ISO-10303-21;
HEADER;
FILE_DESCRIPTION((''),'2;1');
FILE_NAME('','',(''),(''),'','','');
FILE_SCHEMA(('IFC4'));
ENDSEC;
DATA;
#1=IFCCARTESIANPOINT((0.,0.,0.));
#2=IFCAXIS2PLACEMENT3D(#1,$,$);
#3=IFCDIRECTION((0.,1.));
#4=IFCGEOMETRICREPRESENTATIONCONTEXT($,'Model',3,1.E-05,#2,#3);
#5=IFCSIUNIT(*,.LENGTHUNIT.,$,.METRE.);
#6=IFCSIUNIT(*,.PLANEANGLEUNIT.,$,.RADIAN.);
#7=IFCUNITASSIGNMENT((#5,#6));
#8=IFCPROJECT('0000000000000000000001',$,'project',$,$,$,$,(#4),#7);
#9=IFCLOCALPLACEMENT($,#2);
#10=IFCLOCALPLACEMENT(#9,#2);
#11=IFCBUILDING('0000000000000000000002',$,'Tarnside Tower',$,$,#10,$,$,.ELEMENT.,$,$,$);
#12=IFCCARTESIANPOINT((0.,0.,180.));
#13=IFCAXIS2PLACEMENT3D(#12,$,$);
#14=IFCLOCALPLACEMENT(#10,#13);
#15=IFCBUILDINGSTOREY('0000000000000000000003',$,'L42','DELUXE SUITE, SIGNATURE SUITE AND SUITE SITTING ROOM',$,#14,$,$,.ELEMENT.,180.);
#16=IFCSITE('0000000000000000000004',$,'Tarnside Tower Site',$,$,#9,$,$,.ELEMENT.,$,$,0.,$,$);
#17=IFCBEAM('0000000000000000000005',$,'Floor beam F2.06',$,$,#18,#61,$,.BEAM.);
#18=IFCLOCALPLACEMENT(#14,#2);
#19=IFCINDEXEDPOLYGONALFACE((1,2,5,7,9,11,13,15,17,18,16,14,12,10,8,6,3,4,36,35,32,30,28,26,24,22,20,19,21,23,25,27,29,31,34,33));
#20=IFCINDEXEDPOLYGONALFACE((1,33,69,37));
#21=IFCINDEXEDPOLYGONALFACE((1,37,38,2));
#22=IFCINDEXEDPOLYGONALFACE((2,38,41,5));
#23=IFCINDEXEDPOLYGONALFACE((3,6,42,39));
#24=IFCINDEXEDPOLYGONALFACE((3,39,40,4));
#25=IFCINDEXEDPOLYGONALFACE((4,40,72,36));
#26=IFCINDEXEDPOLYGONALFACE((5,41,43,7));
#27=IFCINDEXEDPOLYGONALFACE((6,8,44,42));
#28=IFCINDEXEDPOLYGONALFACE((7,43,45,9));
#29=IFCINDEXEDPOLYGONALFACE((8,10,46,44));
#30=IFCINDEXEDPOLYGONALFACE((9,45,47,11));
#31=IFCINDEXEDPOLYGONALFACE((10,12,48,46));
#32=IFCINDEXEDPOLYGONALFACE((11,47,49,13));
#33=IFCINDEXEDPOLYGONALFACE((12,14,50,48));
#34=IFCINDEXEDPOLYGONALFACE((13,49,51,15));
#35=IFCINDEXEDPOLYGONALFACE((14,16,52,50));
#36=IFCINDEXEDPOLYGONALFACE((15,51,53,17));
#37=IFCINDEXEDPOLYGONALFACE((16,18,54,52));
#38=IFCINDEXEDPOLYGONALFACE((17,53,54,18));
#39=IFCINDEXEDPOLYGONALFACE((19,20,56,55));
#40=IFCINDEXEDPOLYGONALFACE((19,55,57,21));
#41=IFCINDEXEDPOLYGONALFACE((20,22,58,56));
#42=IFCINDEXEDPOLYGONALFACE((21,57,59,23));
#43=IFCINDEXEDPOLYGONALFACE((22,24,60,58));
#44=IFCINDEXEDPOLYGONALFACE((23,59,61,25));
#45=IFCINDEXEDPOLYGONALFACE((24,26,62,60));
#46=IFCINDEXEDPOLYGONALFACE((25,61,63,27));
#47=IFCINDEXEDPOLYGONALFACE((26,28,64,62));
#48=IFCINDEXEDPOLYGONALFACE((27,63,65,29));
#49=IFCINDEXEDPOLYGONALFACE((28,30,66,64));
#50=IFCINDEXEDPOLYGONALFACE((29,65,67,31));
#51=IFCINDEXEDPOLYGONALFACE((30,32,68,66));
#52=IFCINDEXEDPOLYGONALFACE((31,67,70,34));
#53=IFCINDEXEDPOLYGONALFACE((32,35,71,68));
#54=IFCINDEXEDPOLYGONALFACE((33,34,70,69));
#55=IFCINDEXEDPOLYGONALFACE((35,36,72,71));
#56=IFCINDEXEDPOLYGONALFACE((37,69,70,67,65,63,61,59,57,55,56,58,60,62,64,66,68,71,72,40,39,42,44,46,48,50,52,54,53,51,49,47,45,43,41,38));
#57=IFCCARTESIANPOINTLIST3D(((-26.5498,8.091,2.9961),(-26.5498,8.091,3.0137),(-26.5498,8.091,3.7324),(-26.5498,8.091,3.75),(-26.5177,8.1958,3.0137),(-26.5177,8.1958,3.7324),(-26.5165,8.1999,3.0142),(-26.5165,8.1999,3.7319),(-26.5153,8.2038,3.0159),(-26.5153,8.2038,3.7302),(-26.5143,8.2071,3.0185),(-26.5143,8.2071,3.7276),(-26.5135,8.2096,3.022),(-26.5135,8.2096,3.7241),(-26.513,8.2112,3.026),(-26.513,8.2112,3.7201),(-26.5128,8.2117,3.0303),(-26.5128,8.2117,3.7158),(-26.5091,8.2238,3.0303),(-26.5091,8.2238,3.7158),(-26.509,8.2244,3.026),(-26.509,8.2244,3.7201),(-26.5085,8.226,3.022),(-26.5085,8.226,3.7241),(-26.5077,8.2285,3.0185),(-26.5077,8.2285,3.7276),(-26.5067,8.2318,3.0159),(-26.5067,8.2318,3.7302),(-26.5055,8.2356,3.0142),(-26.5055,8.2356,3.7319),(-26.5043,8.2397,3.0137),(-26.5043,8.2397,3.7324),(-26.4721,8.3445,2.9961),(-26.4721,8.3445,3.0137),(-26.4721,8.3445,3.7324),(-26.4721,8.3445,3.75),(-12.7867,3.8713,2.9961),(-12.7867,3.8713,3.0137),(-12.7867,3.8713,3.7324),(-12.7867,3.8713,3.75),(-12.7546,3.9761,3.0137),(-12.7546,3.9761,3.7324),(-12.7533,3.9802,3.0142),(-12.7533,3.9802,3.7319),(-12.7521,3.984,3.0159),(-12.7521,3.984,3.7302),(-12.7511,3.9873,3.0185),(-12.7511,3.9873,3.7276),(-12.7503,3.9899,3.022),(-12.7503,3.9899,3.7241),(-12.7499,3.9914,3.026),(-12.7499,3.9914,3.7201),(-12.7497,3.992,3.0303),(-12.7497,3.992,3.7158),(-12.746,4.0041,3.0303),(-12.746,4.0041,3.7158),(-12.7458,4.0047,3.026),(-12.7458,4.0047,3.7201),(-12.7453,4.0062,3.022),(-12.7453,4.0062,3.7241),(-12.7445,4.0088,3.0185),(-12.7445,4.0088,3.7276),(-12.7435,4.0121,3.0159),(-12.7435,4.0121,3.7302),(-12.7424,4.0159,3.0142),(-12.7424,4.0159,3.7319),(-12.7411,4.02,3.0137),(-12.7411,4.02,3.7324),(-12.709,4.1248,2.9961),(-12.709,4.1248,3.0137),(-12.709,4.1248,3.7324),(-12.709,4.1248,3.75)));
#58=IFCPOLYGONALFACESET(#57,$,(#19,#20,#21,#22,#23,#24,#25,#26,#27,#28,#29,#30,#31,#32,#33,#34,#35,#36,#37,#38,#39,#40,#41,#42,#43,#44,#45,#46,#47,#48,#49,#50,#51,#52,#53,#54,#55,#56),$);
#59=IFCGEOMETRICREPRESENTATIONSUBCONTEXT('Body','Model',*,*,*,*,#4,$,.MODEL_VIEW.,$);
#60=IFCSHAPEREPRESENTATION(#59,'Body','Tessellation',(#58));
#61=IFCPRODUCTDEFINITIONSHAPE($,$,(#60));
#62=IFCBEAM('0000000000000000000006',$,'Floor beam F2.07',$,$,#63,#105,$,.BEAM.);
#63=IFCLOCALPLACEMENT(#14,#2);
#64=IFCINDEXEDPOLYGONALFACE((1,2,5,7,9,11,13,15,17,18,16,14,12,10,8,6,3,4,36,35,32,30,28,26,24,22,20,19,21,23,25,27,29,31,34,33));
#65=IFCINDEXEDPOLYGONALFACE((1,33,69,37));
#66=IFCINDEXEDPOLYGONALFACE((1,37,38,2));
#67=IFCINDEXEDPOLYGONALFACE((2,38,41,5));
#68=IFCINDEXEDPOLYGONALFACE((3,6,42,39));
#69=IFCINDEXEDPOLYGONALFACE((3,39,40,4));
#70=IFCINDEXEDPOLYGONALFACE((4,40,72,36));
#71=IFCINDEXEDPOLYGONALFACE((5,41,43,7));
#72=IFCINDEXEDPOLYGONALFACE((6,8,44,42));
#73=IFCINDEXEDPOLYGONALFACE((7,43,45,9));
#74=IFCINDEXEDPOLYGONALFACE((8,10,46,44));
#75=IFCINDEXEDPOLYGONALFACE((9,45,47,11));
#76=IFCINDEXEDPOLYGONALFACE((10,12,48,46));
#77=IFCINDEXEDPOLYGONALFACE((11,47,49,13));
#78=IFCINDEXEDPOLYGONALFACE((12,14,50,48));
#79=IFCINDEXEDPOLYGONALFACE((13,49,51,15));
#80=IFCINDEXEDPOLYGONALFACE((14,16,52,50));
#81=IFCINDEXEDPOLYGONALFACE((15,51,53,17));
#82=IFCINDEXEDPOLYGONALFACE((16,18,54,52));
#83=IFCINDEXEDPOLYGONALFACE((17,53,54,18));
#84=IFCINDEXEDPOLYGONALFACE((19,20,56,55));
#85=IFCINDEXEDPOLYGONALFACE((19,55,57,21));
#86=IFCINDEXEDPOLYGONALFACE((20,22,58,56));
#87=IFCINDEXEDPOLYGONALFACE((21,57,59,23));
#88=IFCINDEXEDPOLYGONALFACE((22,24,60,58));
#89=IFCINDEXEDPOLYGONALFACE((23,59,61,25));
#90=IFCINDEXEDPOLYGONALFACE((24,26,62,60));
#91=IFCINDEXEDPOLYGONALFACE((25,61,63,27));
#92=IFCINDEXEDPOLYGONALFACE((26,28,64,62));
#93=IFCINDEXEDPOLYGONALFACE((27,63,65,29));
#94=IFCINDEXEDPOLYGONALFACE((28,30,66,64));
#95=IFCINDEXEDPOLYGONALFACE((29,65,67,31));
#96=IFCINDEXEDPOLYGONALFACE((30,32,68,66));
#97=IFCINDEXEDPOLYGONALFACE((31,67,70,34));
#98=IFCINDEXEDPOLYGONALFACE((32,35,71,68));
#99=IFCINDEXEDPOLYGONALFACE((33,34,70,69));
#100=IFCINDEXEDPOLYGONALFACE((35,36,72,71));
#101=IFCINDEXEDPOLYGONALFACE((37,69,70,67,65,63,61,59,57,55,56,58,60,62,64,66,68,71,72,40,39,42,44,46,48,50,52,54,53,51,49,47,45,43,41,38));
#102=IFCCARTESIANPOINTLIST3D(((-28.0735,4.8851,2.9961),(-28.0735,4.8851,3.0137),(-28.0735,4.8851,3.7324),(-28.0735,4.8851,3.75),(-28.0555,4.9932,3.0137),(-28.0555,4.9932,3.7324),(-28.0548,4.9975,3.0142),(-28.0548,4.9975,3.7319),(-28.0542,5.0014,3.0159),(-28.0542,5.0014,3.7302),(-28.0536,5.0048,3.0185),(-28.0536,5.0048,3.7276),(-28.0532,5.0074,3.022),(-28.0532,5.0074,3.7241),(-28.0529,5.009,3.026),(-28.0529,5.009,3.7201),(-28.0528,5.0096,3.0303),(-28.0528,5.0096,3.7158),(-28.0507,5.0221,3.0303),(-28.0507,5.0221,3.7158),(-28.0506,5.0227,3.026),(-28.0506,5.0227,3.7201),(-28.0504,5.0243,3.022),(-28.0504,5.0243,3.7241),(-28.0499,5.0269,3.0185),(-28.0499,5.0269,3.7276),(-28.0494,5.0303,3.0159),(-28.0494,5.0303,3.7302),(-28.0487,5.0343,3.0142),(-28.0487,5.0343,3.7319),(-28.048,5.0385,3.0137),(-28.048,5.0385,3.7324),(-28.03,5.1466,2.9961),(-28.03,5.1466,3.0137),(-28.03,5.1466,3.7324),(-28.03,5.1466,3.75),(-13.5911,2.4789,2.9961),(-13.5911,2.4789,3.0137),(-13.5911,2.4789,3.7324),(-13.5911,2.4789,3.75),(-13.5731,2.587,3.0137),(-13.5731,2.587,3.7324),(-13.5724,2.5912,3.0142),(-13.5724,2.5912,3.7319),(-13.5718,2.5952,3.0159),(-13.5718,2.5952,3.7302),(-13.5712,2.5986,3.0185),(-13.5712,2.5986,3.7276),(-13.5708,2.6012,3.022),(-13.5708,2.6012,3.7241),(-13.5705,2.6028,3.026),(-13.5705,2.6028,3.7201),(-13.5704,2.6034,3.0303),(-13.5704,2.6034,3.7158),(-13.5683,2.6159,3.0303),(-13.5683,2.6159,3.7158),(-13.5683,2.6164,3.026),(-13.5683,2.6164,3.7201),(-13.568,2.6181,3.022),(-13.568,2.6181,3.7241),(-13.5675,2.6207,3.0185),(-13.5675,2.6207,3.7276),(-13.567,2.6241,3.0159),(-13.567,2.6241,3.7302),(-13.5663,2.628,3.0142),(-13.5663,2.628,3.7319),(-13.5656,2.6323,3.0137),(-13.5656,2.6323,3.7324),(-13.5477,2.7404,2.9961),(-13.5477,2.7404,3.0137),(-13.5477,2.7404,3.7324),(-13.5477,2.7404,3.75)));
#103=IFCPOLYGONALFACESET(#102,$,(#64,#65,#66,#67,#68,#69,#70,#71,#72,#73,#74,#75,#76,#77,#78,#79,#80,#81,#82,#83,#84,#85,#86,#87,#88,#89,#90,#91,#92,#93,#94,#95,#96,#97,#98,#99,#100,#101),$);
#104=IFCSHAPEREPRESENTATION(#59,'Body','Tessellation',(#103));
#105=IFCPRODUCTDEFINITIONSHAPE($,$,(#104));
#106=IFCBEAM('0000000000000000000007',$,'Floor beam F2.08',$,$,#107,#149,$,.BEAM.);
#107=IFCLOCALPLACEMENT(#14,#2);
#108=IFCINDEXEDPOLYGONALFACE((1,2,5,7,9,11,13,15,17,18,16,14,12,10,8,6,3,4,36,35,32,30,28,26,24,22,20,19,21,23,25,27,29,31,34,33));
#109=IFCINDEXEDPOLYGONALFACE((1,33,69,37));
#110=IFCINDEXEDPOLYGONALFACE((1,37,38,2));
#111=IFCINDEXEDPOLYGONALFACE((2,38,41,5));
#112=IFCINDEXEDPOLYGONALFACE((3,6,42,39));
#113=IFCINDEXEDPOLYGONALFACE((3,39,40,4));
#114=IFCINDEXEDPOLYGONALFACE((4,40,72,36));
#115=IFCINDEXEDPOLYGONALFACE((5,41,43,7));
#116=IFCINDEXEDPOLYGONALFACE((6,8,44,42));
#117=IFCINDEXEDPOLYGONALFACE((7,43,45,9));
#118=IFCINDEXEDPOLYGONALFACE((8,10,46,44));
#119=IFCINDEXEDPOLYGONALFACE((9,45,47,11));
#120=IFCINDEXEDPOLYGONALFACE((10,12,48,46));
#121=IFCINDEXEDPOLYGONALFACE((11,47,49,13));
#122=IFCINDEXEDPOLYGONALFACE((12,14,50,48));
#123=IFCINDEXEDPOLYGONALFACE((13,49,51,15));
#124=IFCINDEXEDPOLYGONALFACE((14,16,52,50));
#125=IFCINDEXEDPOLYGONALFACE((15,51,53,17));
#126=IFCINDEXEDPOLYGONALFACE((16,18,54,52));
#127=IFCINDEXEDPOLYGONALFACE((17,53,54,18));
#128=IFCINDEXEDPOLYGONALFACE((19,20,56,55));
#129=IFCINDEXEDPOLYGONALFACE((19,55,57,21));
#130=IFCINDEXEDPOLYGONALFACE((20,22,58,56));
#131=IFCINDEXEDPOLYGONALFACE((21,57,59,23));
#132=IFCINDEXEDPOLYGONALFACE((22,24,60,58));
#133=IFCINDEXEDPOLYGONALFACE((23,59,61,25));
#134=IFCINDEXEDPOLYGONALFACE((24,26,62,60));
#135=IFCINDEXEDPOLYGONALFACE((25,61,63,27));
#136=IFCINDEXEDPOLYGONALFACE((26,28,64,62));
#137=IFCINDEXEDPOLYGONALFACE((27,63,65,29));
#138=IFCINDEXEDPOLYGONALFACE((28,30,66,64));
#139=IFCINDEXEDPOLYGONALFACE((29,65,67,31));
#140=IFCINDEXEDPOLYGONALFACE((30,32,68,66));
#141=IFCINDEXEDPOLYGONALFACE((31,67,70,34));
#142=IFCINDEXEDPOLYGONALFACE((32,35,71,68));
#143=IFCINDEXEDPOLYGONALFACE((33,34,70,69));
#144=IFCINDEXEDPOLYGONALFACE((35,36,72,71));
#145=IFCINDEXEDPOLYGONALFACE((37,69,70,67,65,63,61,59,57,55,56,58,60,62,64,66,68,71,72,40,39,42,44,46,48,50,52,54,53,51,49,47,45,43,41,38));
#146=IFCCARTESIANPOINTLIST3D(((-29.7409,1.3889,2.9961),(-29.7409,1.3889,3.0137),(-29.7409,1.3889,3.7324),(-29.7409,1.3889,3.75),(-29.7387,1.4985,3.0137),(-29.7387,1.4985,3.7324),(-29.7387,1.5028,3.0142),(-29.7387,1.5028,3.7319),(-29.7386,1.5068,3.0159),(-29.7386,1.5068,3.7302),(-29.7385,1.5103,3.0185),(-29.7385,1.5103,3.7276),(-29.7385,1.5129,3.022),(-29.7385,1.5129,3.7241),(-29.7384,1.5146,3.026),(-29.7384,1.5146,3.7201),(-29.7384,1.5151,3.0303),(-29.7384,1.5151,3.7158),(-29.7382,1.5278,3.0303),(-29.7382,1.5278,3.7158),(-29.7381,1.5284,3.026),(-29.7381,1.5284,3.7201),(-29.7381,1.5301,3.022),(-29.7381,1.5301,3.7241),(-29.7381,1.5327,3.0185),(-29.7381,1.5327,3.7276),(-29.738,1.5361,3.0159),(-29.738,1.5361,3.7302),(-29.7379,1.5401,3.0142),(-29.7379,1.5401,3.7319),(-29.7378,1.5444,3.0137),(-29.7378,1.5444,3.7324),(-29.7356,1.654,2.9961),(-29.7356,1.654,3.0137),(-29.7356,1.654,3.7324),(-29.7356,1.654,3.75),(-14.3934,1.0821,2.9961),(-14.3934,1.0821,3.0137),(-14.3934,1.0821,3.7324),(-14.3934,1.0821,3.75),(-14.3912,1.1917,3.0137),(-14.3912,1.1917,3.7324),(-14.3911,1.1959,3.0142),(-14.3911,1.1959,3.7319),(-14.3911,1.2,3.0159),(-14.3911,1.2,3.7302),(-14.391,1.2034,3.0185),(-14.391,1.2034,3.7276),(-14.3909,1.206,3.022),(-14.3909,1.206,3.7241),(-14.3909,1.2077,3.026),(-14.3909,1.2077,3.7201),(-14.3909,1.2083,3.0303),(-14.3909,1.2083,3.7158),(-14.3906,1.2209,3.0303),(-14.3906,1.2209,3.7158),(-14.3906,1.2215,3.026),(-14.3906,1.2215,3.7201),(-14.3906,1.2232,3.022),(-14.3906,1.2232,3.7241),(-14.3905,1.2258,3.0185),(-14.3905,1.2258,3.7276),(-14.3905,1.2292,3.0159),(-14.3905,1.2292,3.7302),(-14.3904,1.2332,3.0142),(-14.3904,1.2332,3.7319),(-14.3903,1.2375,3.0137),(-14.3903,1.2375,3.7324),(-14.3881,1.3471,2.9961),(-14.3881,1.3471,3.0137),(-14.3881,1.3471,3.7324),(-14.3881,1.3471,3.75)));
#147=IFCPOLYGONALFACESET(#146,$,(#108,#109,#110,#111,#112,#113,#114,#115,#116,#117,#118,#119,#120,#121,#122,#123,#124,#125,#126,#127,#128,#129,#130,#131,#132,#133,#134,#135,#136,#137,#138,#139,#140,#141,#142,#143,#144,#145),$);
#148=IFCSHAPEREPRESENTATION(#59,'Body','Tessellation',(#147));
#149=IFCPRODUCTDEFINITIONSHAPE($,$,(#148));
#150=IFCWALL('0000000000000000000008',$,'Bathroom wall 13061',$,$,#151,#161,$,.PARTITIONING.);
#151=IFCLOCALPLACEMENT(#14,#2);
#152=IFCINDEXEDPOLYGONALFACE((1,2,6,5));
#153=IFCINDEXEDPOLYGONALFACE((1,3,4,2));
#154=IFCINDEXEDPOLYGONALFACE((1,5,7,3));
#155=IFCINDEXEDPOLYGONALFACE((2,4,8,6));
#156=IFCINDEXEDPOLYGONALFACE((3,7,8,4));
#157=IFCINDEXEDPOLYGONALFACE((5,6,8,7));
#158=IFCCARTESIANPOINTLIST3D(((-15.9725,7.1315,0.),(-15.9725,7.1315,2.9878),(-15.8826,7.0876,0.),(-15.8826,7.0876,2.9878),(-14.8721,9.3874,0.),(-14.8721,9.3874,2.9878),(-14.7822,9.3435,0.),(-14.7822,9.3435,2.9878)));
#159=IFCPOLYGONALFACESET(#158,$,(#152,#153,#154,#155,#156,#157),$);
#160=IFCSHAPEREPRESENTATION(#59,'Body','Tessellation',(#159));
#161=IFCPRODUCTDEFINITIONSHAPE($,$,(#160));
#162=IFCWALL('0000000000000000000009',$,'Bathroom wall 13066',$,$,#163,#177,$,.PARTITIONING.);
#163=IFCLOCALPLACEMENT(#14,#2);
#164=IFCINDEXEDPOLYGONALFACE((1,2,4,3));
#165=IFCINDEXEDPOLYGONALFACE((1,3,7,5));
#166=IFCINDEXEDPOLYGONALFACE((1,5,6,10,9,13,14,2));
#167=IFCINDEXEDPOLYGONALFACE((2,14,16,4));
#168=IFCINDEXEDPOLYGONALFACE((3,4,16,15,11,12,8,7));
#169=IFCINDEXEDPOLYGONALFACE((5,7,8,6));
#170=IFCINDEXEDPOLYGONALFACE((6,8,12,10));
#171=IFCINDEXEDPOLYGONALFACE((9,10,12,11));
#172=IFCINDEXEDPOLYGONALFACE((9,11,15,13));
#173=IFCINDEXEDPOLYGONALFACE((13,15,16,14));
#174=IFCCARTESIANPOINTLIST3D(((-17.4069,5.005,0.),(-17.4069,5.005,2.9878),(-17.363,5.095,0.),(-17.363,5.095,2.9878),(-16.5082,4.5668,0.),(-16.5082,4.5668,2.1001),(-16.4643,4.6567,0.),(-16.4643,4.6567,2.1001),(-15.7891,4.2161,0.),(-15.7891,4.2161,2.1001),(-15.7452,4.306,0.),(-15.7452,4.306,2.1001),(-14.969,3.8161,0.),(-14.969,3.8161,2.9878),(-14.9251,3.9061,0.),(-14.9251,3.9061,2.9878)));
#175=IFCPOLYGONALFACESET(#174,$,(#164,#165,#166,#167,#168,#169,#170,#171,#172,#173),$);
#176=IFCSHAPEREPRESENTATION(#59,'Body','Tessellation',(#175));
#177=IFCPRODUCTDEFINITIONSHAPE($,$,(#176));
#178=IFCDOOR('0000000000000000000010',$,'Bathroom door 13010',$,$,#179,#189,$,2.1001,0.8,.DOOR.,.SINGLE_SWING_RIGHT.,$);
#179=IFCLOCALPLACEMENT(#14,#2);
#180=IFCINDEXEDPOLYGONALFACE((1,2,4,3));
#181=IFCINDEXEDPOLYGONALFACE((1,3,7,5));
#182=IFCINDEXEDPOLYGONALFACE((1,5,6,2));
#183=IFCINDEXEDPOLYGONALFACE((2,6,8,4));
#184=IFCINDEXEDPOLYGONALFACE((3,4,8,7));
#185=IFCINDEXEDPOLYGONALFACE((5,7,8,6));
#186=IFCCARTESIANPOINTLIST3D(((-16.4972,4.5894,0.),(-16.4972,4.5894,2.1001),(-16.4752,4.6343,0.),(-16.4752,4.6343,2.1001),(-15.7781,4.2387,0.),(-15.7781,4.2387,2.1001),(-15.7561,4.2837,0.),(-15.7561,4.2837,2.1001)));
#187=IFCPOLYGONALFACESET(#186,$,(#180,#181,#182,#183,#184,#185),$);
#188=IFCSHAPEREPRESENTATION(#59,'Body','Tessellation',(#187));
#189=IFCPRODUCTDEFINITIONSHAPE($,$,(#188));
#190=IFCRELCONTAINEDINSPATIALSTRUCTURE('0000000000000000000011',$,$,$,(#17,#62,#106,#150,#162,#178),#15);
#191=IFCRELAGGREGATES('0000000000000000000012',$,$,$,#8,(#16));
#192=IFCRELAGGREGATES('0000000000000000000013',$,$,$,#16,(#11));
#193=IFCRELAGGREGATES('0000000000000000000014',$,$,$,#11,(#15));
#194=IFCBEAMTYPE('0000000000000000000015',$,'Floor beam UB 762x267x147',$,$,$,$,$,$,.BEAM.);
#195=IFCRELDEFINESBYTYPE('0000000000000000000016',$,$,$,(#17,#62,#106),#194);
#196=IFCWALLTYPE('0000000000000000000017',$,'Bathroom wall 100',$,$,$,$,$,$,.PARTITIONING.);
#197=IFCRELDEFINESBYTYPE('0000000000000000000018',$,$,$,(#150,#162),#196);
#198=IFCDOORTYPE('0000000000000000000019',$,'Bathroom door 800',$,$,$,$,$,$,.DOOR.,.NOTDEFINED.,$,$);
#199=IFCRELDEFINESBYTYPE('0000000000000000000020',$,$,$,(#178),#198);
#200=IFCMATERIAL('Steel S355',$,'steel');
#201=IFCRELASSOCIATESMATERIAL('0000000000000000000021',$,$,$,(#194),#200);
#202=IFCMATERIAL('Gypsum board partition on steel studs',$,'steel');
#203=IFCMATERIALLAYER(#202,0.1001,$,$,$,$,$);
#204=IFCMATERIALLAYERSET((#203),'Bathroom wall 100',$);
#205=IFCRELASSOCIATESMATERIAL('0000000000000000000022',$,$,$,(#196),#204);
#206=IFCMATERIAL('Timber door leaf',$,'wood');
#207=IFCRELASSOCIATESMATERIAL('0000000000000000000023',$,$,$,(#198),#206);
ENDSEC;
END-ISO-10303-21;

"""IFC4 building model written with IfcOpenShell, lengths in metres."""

from ifc_helpers import new_model, si_unit, direction, frame, frame_2d, origin, origin_2d, place, context, subcontext, project, spatial, rectangle, i_section, extrude, material, layer, layer_set, material_profile, profile_set, type_object, element, fill, save


model = new_model("IFC4")

# Units and contexts
model_context = context("Model", 3, precision=1e-05, world=origin(), true_north=direction((0.0, 1.0)))
body_context = subcontext(model_context, "Body", "Model", "MODEL_VIEW")
ifc_project = project(units=[si_unit("LENGTHUNIT", "METRE"), si_unit("PLANEANGLEUNIT", "RADIAN")], contexts=[model_context])

# Site, building, storey
site_placement = place(None, origin())
site = spatial("IfcSite", under=ifc_project, at=site_placement, Name="Tarnside Tower Site", CompositionType="ELEMENT", RefElevation=0.0)
building_placement = place(site_placement, origin())
building = spatial("IfcBuilding", under=site, at=building_placement, Name="Tarnside Tower", CompositionType="ELEMENT")
storey_placement = place(building_placement, frame((0.0, 0.0, 180.0)))
storey = spatial("IfcBuildingStorey", under=building, at=storey_placement, Name="L42", Description="DELUXE SUITE, SIGNATURE SUITE AND SUITE SITTING ROOM", CompositionType="ELEMENT", Elevation=180.0)

# Beams
ifc_material_1 = material(Name="Steel S355", Category="steel")
ifc_material_profile = material_profile(ifc_material_1, i_section(OverallWidth=0.2651, OverallDepth=0.7539, WebThickness=0.0127, FlangeThickness=0.0176, FilletRadius=0.0166, at=origin_2d()), Name="UB 762x267x147")
ifc_profile_set = profile_set([ifc_material_profile], Name="Steel S355")
beam_type = type_object("IfcBeamType", Name="Floor beam UB 762x267x147", PredefinedType="BEAM", material=ifc_profile_set)
beam_1_placement = place(storey_placement, frame((-26.511, 8.2178, 3.373), z_axis=(0.956073, -0.293128, 0.0), x_axis=(0.293128, 0.956073, 0.0)))
element("IfcBeam", 1, at=beam_1_placement, inside=storey, type_object=beam_type, Name="Floor beam F2.06", PredefinedType="BEAM", context=body_context, shape_type="SweptSolid", body=[
    extrude(i_section(OverallWidth=0.2651, OverallDepth=0.7539, WebThickness=0.0127, FlangeThickness=0.0176, FilletRadius=0.0166, at=origin_2d()), origin(), (0.0, 0.0, 1.0), 14.3955),
])
beam_2_placement = place(storey_placement, frame((-28.0518, 5.0159, 3.373), z_axis=(0.986476, -0.163903, 0.0), x_axis=(0.163903, 0.986476, 0.0)))
element("IfcBeam", 2, at=beam_2_placement, inside=storey, type_object=beam_type, Name="Floor beam F2.07", PredefinedType="BEAM", context=body_context, shape_type="SweptSolid", body=[
    extrude(i_section(OverallWidth=0.2651, OverallDepth=0.7539, WebThickness=0.0127, FlangeThickness=0.0176, FilletRadius=0.0166, at=origin_2d()), origin(), (0.0, 0.0, 1.0), 14.6809),
])
beam_3_placement = place(storey_placement, frame((-29.7383, 1.5215, 3.373), z_axis=(0.9998, -0.019992, 0.0), x_axis=(0.019992, 0.9998, 0.0)))
element("IfcBeam", 3, at=beam_3_placement, inside=storey, type_object=beam_type, Name="Floor beam F2.08", PredefinedType="BEAM", context=body_context, shape_type="SweptSolid", body=[
    extrude(i_section(OverallWidth=0.2651, OverallDepth=0.7539, WebThickness=0.0127, FlangeThickness=0.0176, FilletRadius=0.0166, at=origin_2d()), origin(), (0.0, 0.0, 1.0), 15.3506),
])

# Wall
ifc_material_2 = material(Name="Gypsum board partition on steel studs", Category="steel")
ifc_layer_1 = layer(ifc_material_2, 0.1001)
ifc_layer_set_1 = layer_set([ifc_layer_1], Name="Bathroom wall 100")
wall_type_1 = type_object("IfcWallType", Name="Bathroom wall 100", PredefinedType="PARTITIONING", material=ifc_layer_set_1)
wall_1_placement = place(storey_placement, frame((-15.9275, 7.1096, 0.0), z_axis=(0.0, 0.0, 1.0), x_axis=(0.438399, 0.898781, 0.0)))
element("IfcWall", 4, at=wall_1_placement, inside=storey, type_object=wall_type_1, Name="Bathroom wall 13061", PredefinedType="PARTITIONING", context=body_context, shape_type="SweptSolid", body=[
    extrude(rectangle(XDim=2.51, YDim=0.1001, at=frame_2d((1.2549, 0.0))), origin(), (0.0, 0.0, 1.0), 2.9878),
])

# Wall, opening, door
wall_2_placement = place(storey_placement, frame((-14.947, 3.8611, 0.0), z_axis=(0.0, 0.0, 1.0), x_axis=(-0.898812, 0.438335, 0.0)))
wall_2 = element("IfcWall", 5, at=wall_2_placement, inside=storey, type_object=wall_type_1, Name="Bathroom wall 13066", PredefinedType="PARTITIONING", context=body_context, shape_type="SweptSolid", body=[
    extrude(rectangle(XDim=2.7124, YDim=0.1001, at=frame_2d((1.3562, 0.0))), origin(), (0.0, 0.0, 1.0), 2.9878),
])
opening_1_placement = place(wall_2_placement, frame((0.9126, 0.0, 0.0)))
opening_1 = element("IfcOpeningElement", 6, at=opening_1_placement, cuts=wall_2, PredefinedType="OPENING", context=body_context, shape_type="SweptSolid", body=[
    extrude(rectangle(XDim=0.8, YDim=2.1001, at=frame_2d((0.3999, 1.05))), frame((0.0, 0.0601, 0.0), z_axis=(0.0, -1.0, 0.0), x_axis=(1.0, 0.0, 0.0)), (0.0, 0.0, 1.0), 0.1201),
])
ifc_material_3 = material(Name="Timber door leaf", Category="wood")
door_type_1 = type_object("IfcDoorType", Name="Bathroom door 800", OperationType="NOTDEFINED", PredefinedType="DOOR", material=ifc_material_3)
door_1_placement = place(opening_1_placement, origin())
door_1 = element("IfcDoor", 7, at=door_1_placement, inside=storey, type_object=door_type_1, Name="Bathroom door 13010", OperationType="SINGLE_SWING_RIGHT", OverallHeight=2.1001, OverallWidth=0.8, PredefinedType="DOOR", context=body_context, shape_type="SweptSolid", body=[
    extrude(rectangle(XDim=0.8, YDim=2.1001, at=frame_2d((0.3999, 1.05))), frame((0.0, 0.0249, 0.0), z_axis=(0.0, -1.0, 0.0), x_axis=(1.0, 0.0, 0.0)), (0.0, 0.0, 1.0), 0.05),
])
fill(opening_1, door_1)

save(model, "model.ifc")
